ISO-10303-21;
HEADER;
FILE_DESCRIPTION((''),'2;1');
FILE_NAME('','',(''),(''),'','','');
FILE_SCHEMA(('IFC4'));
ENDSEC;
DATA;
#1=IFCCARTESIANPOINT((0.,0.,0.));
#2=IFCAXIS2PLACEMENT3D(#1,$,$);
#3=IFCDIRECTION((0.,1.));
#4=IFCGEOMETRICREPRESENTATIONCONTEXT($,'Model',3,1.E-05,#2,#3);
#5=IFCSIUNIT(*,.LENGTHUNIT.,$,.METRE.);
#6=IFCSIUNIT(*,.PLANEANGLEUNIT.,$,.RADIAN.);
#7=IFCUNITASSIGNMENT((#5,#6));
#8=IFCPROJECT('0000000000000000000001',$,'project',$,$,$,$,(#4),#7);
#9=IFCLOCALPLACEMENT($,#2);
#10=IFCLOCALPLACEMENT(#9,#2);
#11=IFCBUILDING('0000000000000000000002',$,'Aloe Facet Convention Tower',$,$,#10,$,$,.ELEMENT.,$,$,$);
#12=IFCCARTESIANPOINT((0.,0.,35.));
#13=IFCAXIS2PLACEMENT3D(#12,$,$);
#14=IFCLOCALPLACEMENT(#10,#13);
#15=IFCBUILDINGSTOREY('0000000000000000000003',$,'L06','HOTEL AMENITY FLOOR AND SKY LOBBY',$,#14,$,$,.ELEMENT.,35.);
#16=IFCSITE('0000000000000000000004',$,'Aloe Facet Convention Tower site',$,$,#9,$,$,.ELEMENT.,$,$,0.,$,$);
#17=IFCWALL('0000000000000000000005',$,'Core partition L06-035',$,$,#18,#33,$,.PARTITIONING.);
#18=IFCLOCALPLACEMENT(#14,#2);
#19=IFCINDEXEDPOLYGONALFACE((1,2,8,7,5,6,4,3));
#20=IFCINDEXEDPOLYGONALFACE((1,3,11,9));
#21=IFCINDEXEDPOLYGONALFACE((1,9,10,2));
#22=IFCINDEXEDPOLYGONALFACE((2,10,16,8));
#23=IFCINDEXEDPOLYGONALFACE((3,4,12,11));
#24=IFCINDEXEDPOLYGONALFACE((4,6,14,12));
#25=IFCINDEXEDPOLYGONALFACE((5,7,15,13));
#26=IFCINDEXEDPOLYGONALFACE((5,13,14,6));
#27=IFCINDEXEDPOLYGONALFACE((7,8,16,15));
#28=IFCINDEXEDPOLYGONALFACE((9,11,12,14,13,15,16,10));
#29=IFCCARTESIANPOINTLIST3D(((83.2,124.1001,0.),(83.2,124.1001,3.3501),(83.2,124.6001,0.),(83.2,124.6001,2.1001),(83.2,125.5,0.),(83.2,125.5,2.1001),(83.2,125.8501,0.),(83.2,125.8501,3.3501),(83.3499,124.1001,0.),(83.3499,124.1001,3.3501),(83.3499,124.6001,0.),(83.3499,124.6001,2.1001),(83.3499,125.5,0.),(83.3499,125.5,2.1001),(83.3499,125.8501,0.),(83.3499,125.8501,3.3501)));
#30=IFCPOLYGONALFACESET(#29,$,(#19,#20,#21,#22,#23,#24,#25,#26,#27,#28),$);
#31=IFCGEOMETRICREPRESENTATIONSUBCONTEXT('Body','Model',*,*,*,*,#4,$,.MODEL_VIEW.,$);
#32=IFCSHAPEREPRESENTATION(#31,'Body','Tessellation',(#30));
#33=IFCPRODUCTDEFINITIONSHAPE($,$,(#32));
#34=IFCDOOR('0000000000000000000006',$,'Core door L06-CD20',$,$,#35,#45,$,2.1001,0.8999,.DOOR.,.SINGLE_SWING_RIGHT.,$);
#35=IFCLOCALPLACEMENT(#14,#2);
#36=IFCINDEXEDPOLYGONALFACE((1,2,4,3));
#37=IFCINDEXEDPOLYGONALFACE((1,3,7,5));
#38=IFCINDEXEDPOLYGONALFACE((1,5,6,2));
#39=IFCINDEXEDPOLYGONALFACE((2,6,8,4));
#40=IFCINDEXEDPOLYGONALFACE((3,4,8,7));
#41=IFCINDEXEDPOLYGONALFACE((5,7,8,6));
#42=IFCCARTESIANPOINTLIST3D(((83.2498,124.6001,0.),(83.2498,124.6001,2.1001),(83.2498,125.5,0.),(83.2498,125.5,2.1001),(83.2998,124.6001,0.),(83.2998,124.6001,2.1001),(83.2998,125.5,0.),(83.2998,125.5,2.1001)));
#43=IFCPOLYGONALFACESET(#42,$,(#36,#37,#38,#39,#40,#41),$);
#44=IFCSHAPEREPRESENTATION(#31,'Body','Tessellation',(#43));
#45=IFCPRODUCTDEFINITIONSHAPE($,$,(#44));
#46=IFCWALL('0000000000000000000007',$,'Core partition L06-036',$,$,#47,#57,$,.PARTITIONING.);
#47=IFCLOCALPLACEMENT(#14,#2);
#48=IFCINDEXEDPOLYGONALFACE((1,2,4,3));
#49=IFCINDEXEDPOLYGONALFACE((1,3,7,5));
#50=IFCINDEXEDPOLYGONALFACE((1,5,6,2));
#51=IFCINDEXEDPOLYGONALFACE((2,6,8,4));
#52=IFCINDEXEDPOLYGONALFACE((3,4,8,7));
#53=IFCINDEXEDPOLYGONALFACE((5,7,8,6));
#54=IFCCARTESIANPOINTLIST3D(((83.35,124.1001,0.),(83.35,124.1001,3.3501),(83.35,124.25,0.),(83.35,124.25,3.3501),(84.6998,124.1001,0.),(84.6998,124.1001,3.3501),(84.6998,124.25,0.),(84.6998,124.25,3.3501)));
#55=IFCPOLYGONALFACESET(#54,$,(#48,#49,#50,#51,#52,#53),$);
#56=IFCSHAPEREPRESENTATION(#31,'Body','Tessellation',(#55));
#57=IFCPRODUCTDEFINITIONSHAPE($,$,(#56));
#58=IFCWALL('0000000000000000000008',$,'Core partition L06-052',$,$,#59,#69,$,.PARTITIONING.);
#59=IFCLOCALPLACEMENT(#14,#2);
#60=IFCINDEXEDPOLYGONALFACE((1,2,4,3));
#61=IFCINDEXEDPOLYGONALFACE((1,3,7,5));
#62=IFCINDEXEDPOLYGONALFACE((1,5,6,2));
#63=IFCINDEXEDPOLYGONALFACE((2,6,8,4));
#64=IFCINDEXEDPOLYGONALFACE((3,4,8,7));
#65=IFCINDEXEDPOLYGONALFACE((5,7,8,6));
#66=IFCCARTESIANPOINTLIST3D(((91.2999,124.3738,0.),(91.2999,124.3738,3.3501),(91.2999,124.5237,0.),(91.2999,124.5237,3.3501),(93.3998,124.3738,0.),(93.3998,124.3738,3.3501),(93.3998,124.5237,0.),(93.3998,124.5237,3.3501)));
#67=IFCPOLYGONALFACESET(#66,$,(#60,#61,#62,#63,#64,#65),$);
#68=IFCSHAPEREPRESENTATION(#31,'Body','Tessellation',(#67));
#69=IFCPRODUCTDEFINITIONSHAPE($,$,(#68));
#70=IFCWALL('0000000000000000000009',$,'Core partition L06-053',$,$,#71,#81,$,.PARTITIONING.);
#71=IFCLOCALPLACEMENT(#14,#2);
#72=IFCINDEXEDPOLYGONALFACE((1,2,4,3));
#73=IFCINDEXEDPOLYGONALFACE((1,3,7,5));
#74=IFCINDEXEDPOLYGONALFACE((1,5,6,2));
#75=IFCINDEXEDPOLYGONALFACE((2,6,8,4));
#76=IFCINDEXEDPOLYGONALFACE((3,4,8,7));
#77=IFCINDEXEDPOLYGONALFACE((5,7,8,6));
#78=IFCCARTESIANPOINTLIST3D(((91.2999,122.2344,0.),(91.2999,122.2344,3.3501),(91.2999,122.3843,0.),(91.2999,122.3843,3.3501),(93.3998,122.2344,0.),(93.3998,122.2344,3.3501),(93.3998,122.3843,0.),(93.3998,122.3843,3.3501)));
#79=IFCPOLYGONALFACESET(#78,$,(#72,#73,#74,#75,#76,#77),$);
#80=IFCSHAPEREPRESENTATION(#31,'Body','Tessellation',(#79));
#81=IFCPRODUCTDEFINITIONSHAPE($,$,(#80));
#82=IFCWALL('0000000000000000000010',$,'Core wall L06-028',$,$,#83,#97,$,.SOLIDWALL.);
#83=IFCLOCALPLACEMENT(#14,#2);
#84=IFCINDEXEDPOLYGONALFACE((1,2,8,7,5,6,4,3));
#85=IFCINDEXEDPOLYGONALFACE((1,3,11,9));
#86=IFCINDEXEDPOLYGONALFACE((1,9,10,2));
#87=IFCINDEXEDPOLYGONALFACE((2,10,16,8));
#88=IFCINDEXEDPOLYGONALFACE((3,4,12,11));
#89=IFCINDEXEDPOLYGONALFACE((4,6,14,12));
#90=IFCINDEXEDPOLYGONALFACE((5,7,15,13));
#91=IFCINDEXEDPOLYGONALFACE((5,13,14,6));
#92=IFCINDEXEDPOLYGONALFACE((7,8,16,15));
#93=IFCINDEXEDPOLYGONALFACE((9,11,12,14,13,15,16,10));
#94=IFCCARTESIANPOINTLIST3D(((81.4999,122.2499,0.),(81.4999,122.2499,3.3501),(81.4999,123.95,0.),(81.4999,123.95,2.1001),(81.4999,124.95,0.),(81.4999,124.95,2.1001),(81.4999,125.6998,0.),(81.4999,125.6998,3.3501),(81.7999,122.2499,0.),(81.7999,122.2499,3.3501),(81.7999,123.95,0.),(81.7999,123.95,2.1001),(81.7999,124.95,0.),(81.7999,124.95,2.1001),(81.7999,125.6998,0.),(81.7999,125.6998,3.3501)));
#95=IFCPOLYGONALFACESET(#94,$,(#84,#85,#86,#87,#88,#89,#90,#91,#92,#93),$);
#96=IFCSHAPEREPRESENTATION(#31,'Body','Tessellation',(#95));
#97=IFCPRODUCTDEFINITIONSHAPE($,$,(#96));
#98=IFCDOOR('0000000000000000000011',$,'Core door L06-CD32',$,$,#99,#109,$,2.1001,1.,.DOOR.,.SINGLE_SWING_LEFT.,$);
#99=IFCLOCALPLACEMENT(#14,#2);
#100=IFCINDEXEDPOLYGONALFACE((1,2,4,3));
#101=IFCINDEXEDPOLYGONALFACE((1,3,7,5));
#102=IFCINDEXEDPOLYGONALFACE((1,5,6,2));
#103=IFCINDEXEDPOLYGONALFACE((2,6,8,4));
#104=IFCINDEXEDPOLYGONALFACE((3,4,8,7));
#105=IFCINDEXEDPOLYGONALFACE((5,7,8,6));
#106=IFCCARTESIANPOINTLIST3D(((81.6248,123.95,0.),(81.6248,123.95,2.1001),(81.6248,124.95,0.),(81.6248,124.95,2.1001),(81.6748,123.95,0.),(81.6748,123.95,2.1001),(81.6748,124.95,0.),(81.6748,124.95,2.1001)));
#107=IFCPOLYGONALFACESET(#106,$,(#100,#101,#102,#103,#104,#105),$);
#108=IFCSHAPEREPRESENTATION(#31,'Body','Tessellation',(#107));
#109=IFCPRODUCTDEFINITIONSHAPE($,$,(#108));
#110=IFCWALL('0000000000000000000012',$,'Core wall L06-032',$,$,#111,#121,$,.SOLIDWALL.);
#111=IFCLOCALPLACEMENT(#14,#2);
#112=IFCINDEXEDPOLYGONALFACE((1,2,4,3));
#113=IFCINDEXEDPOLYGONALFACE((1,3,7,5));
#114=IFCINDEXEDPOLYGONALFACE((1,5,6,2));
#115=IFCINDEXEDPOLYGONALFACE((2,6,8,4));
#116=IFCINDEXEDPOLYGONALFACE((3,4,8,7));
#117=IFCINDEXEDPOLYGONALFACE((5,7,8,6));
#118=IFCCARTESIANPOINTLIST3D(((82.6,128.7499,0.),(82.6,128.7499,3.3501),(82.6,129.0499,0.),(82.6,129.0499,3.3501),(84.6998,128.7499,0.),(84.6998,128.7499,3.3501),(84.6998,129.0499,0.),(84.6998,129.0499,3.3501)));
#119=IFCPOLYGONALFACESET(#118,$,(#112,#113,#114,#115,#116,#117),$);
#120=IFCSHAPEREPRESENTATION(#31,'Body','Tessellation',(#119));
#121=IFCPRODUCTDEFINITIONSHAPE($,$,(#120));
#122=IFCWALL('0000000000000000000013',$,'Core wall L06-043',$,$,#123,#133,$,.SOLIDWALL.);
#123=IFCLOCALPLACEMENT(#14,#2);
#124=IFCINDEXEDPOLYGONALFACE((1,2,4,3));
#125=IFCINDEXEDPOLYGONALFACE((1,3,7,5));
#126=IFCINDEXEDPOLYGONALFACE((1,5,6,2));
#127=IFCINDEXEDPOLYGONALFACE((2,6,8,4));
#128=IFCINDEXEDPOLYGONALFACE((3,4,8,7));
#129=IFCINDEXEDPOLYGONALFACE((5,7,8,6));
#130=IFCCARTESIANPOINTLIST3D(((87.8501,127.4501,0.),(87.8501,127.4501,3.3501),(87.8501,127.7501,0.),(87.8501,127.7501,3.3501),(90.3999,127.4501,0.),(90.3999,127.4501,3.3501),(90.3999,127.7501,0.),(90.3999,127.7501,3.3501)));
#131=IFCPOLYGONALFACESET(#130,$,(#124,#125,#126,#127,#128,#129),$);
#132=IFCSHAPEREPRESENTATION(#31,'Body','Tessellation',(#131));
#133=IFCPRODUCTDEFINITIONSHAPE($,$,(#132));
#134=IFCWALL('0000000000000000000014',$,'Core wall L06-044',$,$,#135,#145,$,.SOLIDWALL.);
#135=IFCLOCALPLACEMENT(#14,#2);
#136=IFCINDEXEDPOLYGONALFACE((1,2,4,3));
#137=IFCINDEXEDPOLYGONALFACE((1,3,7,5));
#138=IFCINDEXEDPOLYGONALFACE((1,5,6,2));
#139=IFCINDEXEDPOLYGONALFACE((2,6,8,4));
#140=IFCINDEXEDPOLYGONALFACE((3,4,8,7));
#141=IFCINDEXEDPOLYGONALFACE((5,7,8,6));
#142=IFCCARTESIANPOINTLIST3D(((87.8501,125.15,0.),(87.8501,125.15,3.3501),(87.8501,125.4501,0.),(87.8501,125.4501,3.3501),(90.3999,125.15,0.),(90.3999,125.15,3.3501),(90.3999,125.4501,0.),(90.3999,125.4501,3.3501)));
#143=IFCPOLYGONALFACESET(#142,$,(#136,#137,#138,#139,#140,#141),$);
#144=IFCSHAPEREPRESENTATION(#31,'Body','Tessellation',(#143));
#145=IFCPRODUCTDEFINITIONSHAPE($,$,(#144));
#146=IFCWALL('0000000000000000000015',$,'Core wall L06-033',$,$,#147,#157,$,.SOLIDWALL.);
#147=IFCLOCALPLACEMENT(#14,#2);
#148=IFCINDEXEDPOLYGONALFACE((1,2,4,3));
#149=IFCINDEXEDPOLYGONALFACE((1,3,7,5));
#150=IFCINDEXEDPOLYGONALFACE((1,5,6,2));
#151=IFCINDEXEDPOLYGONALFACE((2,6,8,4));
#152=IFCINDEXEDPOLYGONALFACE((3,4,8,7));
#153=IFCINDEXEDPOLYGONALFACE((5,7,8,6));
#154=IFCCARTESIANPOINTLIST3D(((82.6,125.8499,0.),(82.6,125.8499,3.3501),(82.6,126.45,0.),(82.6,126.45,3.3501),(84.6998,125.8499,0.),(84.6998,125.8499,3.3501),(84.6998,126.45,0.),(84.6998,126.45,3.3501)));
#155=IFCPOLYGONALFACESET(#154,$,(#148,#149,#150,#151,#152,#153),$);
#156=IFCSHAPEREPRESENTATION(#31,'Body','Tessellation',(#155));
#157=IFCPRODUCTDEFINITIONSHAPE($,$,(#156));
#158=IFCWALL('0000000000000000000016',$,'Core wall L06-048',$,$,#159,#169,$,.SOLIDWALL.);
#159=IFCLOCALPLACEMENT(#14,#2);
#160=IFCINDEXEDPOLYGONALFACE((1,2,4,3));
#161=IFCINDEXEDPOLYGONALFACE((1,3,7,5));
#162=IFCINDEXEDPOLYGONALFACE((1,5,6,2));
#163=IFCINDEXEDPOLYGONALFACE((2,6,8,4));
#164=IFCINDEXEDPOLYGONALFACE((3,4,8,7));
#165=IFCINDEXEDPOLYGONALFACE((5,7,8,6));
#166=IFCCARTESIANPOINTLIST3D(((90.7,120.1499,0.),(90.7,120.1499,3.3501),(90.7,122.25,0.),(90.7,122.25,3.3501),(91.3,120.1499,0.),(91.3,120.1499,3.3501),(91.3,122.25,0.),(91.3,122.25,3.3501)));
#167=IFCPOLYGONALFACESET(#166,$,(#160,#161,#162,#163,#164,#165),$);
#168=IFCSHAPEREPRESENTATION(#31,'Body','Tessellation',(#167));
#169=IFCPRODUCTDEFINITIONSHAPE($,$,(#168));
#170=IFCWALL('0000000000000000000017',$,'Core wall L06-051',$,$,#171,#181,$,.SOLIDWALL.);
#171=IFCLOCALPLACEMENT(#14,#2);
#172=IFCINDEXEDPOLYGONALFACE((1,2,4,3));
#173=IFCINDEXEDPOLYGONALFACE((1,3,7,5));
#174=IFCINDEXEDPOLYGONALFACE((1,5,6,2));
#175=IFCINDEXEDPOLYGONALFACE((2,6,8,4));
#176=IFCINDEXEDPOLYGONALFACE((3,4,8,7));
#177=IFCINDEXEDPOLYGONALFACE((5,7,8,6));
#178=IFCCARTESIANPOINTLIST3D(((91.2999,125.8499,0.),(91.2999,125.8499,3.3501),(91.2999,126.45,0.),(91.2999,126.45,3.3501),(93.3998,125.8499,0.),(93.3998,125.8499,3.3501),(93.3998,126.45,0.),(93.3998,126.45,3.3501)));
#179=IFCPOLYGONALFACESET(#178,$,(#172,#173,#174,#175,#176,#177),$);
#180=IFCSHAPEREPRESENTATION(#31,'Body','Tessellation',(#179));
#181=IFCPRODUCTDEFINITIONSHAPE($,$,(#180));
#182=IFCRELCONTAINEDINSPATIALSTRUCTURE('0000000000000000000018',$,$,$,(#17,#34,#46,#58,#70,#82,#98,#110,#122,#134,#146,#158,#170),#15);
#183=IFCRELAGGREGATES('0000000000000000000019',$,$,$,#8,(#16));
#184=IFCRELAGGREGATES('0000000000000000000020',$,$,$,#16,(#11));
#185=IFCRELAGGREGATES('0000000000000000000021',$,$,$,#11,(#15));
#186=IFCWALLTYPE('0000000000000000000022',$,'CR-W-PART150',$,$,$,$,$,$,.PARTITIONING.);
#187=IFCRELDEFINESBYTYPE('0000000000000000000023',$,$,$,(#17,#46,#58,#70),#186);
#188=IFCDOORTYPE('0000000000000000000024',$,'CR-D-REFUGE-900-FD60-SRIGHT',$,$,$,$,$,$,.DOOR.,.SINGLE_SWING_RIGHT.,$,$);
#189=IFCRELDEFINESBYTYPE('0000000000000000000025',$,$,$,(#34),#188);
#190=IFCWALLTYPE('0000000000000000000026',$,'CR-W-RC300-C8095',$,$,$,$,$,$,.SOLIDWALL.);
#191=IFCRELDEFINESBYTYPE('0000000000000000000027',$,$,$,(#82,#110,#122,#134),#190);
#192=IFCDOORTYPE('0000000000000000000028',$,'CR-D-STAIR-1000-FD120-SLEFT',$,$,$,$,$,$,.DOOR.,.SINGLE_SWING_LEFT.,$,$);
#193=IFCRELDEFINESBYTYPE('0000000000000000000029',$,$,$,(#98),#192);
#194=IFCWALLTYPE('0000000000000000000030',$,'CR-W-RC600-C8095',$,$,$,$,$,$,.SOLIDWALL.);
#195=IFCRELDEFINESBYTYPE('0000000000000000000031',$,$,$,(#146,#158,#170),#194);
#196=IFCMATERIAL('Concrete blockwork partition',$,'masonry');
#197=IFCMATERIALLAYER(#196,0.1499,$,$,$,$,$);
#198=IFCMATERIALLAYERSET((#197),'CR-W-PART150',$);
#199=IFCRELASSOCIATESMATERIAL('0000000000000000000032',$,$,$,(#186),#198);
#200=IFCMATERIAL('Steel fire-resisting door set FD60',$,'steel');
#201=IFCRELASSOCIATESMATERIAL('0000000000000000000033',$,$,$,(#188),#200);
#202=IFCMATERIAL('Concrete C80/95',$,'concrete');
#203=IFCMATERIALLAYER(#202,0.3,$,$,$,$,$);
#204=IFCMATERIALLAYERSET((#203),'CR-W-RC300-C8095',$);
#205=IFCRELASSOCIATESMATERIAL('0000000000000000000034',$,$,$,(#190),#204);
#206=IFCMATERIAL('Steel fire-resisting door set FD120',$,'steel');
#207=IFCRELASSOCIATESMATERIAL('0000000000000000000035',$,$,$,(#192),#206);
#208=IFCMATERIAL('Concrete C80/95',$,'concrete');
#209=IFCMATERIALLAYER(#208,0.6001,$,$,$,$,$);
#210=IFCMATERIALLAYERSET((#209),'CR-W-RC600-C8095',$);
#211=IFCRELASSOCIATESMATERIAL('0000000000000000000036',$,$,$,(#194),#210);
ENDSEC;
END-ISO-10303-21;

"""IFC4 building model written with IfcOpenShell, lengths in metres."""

from ifc_helpers import new_model, si_unit, direction, frame, frame_2d, origin, place, context, subcontext, project, spatial, rectangle, extrude, material, layer, layer_set, type_object, element, fill, save


model = new_model("IFC4")

# Units and contexts
model_context = context("Model", 3, precision=1e-05, world=origin(), true_north=direction((0.0, 1.0)))
body_context = subcontext(model_context, "Body", "Model", "MODEL_VIEW")
ifc_project = project(units=[si_unit("LENGTHUNIT", "METRE"), si_unit("PLANEANGLEUNIT", "RADIAN")], contexts=[model_context])

# Site, building, storey
site_placement = place(None, origin())
site = spatial("IfcSite", under=ifc_project, at=site_placement, Name="Aloe Facet Convention Tower site", CompositionType="ELEMENT", RefElevation=0.0)
building_placement = place(site_placement, origin())
building = spatial("IfcBuilding", under=site, at=building_placement, Name="Aloe Facet Convention Tower", CompositionType="ELEMENT")
storey_placement = place(building_placement, frame((0.0, 0.0, 35.0)))
storey = spatial("IfcBuildingStorey", under=building, at=storey_placement, Name="L06", Description="HOTEL AMENITY FLOOR AND SKY LOBBY", CompositionType="ELEMENT", Elevation=35.0)

# Wall, opening, door
ifc_material_1 = material(Name="Concrete blockwork partition", Category="masonry")
ifc_layer_1 = layer(ifc_material_1, 0.1499)
ifc_layer_set_1 = layer_set([ifc_layer_1], Name="CR-W-PART150")
wall_type_1 = type_object("IfcWallType", Name="CR-W-PART150", PredefinedType="PARTITIONING", material=ifc_layer_set_1)
wall_1_placement = place(storey_placement, frame((83.2749, 125.8501, 0.0), z_axis=(0.0, 0.0, 1.0), x_axis=(0.0, -1.0, 0.0)))
wall_1 = element("IfcWall", 1, at=wall_1_placement, inside=storey, type_object=wall_type_1, Name="Core partition L06-035", PredefinedType="PARTITIONING", context=body_context, shape_type="SweptSolid", body=[
    extrude(rectangle(XDim=1.75, YDim=0.1499, at=frame_2d((0.875, 0.0))), origin(), (0.0, 0.0, 1.0), 3.3501),
])
opening_1_placement = place(wall_1_placement, frame((0.3501, 0.0, 0.0)))
opening_1 = element("IfcOpeningElement", 2, at=opening_1_placement, cuts=wall_1, PredefinedType="OPENING", context=body_context, shape_type="SweptSolid", body=[
    extrude(rectangle(XDim=0.8999, YDim=2.1001, at=frame_2d((0.45, 1.05))), frame((0.0, 0.085, 0.0), z_axis=(0.0, -1.0, 0.0), x_axis=(1.0, 0.0, 0.0)), (0.0, 0.0, 1.0), 0.1699),
])
ifc_material_2 = material(Name="Steel fire-resisting door set FD60", Category="steel")
door_type_1 = type_object("IfcDoorType", Name="CR-D-REFUGE-900-FD60-SRIGHT", OperationType="SINGLE_SWING_RIGHT", PredefinedType="DOOR", material=ifc_material_2)
door_1_placement = place(opening_1_placement, origin())
door_1 = element("IfcDoor", 3, at=door_1_placement, inside=storey, type_object=door_type_1, Name="Core door L06-CD20", OperationType="SINGLE_SWING_RIGHT", OverallHeight=2.1001, OverallWidth=0.8999, PredefinedType="DOOR", context=body_context, shape_type="SweptSolid", body=[
    extrude(rectangle(XDim=0.8999, YDim=2.1001, at=frame_2d((0.45, 1.05))), frame((0.0, 0.0249, 0.0), z_axis=(0.0, -1.0, 0.0), x_axis=(1.0, 0.0, 0.0)), (0.0, 0.0, 1.0), 0.05),
])
fill(opening_1, door_1)

# Walls
wall_2_placement = place(storey_placement, frame((83.3501, 124.175, 0.0), z_axis=(0.0, 0.0, 1.0), x_axis=(1.0, 0.0, 0.0)))
element("IfcWall", 4, at=wall_2_placement, inside=storey, type_object=wall_type_1, Name="Core partition L06-036", PredefinedType="PARTITIONING", context=body_context, shape_type="SweptSolid", body=[
    extrude(rectangle(XDim=1.3499, YDim=0.1499, at=frame_2d((0.6748, 0.0))), origin(), (0.0, 0.0, 1.0), 3.3501),
])
for number, where, z_axis, x_axis, name in (
    (5, (91.3, 124.4487, 0.0), (0.0, 0.0, 1.0), (1.0, 0.0, 0.0), "Core partition L06-052"),
    (6, (91.3, 122.3093, 0.0), (0.0, 0.0, 1.0), (1.0, 0.0, 0.0), "Core partition L06-053"),
):
    element("IfcWall", number, at=place(storey_placement, frame(where, z_axis=z_axis, x_axis=x_axis)), inside=storey, type_object=wall_type_1, Name=name, PredefinedType="PARTITIONING", context=body_context, shape_type="SweptSolid", body=[
        extrude(rectangle(XDim=2.0999, YDim=0.1499, at=frame_2d((1.0498, 0.0))), origin(), (0.0, 0.0, 1.0), 3.3501),
    ])

# Wall, opening, door
ifc_material_3 = material(Name="Concrete C80/95", Category="concrete")
ifc_layer_2 = layer(ifc_material_3, 0.3)
ifc_layer_set_2 = layer_set([ifc_layer_2], Name="CR-W-RC300-C8095")
wall_type_2 = type_object("IfcWallType", Name="CR-W-RC300-C8095", PredefinedType="SOLIDWALL", material=ifc_layer_set_2)
wall_3_placement = place(storey_placement, frame((81.6499, 125.7, 0.0), z_axis=(0.0, 0.0, 1.0), x_axis=(0.0, -1.0, 0.0)))
wall_3 = element("IfcWall", 7, at=wall_3_placement, inside=storey, type_object=wall_type_2, Name="Core wall L06-028", PredefinedType="SOLIDWALL", context=body_context, shape_type="SweptSolid", body=[
    extrude(rectangle(XDim=3.45, YDim=0.3, at=frame_2d((1.7251, 0.0))), origin(), (0.0, 0.0, 1.0), 3.3501),
])
opening_2_placement = place(wall_3_placement, frame((0.75, 0.0, 0.0)))
opening_2 = element("IfcOpeningElement", 8, at=opening_2_placement, cuts=wall_3, PredefinedType="OPENING", context=body_context, shape_type="SweptSolid", body=[
    extrude(rectangle(XDim=1.0, YDim=2.1001, at=frame_2d((0.5, 1.05))), frame((0.0, 0.1602, 0.0), z_axis=(0.0, -1.0, 0.0), x_axis=(1.0, 0.0, 0.0)), (0.0, 0.0, 1.0), 0.3201),
])
ifc_material_4 = material(Name="Steel fire-resisting door set FD120", Category="steel")
door_type_2 = type_object("IfcDoorType", Name="CR-D-STAIR-1000-FD120-SLEFT", OperationType="SINGLE_SWING_LEFT", PredefinedType="DOOR", material=ifc_material_4)
door_2_placement = place(opening_2_placement, origin())
door_2 = element("IfcDoor", 9, at=door_2_placement, inside=storey, type_object=door_type_2, Name="Core door L06-CD32", OperationType="SINGLE_SWING_LEFT", OverallHeight=2.1001, OverallWidth=1.0, PredefinedType="DOOR", context=body_context, shape_type="SweptSolid", body=[
    extrude(rectangle(XDim=1.0, YDim=2.1001, at=frame_2d((0.5, 1.05))), frame((0.0, 0.0249, 0.0), z_axis=(0.0, -1.0, 0.0), x_axis=(1.0, 0.0, 0.0)), (0.0, 0.0, 1.0), 0.05),
])
fill(opening_2, door_2)

# Walls
wall_4_placement = place(storey_placement, frame((82.6001, 128.8999, 0.0), z_axis=(0.0, 0.0, 1.0), x_axis=(1.0, 0.0, 0.0)))
element("IfcWall", 10, at=wall_4_placement, inside=storey, type_object=wall_type_2, Name="Core wall L06-032", PredefinedType="SOLIDWALL", context=body_context, shape_type="SweptSolid", body=[
    extrude(rectangle(XDim=2.0999, YDim=0.3, at=frame_2d((1.0498, 0.0))), origin(), (0.0, 0.0, 1.0), 3.3501),
])
for number, where, z_axis, x_axis, name in (
    (11, (87.8501, 127.6001, 0.0), (0.0, 0.0, 1.0), (1.0, 0.0, 0.0), "Core wall L06-043"),
    (12, (87.8501, 125.3, 0.0), (0.0, 0.0, 1.0), (1.0, 0.0, 0.0), "Core wall L06-044"),
):
    element("IfcWall", number, at=place(storey_placement, frame(where, z_axis=z_axis, x_axis=x_axis)), inside=storey, type_object=wall_type_2, Name=name, PredefinedType="SOLIDWALL", context=body_context, shape_type="SweptSolid", body=[
        extrude(rectangle(XDim=2.5498, YDim=0.3, at=frame_2d((1.2749, 0.0))), origin(), (0.0, 0.0, 1.0), 3.3501),
    ])
ifc_material_5 = material(Name="Concrete C80/95", Category="concrete")
ifc_layer_3 = layer(ifc_material_5, 0.6001)
ifc_layer_set_3 = layer_set([ifc_layer_3], Name="CR-W-RC600-C8095")
wall_type_3 = type_object("IfcWallType", Name="CR-W-RC600-C8095", PredefinedType="SOLIDWALL", material=ifc_layer_set_3)
wall_5_placement = place(storey_placement, frame((82.6001, 126.1499, 0.0), z_axis=(0.0, 0.0, 1.0), x_axis=(1.0, 0.0, 0.0)))
element("IfcWall", 13, at=wall_5_placement, inside=storey, type_object=wall_type_3, Name="Core wall L06-033", PredefinedType="SOLIDWALL", context=body_context, shape_type="SweptSolid", body=[
    extrude(rectangle(XDim=2.0999, YDim=0.6001, at=frame_2d((1.0498, 0.0))), origin(), (0.0, 0.0, 1.0), 3.3501),
])
wall_6_placement = place(storey_placement, frame((91.0, 122.25, 0.0), z_axis=(0.0, 0.0, 1.0), x_axis=(0.0, -1.0, 0.0)))
element("IfcWall", 14, at=wall_6_placement, inside=storey, type_object=wall_type_3, Name="Core wall L06-048", PredefinedType="SOLIDWALL", context=body_context, shape_type="SweptSolid", body=[
    extrude(rectangle(XDim=2.1001, YDim=0.6001, at=frame_2d((1.05, 0.0))), origin(), (0.0, 0.0, 1.0), 3.3501),
])
wall_7_placement = place(storey_placement, frame((91.3, 126.1499, 0.0), z_axis=(0.0, 0.0, 1.0), x_axis=(1.0, 0.0, 0.0)))
element("IfcWall", 15, at=wall_7_placement, inside=storey, type_object=wall_type_3, Name="Core wall L06-051", PredefinedType="SOLIDWALL", context=body_context, shape_type="SweptSolid", body=[
    extrude(rectangle(XDim=2.0999, YDim=0.6001, at=frame_2d((1.0498, 0.0))), origin(), (0.0, 0.0, 1.0), 3.3501),
])

save(model, "model.ifc")
